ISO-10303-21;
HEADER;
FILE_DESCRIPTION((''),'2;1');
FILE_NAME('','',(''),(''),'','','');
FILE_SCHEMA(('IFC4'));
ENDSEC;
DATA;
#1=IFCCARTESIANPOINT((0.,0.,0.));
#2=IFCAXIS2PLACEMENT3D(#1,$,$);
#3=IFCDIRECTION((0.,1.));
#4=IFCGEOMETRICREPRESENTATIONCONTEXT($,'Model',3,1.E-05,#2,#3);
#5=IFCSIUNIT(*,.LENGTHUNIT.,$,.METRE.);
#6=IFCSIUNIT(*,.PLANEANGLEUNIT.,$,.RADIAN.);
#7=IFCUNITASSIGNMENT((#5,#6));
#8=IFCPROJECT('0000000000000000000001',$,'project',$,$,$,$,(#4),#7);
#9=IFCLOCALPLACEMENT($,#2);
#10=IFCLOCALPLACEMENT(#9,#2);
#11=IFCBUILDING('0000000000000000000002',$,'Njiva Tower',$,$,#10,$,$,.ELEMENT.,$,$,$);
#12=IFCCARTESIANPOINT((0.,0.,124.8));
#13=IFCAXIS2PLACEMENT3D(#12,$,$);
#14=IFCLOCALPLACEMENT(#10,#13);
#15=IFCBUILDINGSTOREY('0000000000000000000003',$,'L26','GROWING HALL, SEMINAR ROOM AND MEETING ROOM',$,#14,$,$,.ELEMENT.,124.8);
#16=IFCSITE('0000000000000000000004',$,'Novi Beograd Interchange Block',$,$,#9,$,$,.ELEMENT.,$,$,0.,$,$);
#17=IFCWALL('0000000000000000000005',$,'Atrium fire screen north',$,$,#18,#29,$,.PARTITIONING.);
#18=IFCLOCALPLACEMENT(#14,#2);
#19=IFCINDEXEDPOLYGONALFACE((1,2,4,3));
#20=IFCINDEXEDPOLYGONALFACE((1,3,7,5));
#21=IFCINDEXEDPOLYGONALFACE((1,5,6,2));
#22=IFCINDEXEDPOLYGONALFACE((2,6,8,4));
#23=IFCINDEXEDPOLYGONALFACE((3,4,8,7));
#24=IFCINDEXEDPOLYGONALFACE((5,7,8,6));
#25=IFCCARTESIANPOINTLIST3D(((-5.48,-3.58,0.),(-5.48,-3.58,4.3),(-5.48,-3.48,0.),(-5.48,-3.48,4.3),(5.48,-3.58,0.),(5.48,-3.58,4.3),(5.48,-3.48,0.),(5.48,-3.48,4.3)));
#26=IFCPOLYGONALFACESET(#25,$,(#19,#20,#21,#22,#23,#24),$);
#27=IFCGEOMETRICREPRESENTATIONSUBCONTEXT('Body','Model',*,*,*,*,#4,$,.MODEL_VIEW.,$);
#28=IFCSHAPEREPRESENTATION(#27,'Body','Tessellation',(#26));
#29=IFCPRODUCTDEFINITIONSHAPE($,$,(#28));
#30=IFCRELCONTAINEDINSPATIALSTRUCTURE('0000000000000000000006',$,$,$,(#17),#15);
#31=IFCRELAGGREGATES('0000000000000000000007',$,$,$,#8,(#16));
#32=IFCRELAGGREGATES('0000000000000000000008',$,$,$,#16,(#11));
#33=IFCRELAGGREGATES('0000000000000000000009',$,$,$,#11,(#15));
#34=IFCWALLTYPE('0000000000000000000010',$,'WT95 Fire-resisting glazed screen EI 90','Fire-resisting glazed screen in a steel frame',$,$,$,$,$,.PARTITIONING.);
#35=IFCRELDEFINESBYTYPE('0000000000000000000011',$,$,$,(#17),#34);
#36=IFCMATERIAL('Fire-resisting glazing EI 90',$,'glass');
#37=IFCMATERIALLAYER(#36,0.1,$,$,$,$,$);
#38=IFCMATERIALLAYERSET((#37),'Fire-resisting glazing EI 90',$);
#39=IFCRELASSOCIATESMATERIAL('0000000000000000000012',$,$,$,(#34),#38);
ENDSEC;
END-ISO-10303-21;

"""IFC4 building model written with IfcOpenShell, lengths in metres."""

from ifc_helpers import new_model, si_unit, direction, frame, frame_2d, origin, place, context, subcontext, project, spatial, rectangle, extrude, material, layer, layer_set, type_object, element, save


model = new_model("IFC4")

# Units and contexts
model_context = context("Model", 3, precision=1e-05, world=origin(), true_north=direction((0.0, 1.0)))
body_context = subcontext(model_context, "Body", "Model", "MODEL_VIEW")
ifc_project = project(units=[si_unit("LENGTHUNIT", "METRE"), si_unit("PLANEANGLEUNIT", "RADIAN")], contexts=[model_context])

# Site, building, storey
site_placement = place(None, origin())
site = spatial("IfcSite", under=ifc_project, at=site_placement, Name="Novi Beograd Interchange Block", CompositionType="ELEMENT", RefElevation=0.0)
building_placement = place(site_placement, origin())
building = spatial("IfcBuilding", under=site, at=building_placement, Name="Njiva Tower", CompositionType="ELEMENT")
storey_placement = place(building_placement, frame((0.0, 0.0, 124.8)))
storey = spatial("IfcBuildingStorey", under=building, at=storey_placement, Name="L26", Description="GROWING HALL, SEMINAR ROOM AND MEETING ROOM", CompositionType="ELEMENT", Elevation=124.8)

# Wall
ifc_material_1 = material(Name="Fire-resisting glazing EI 90", Category="glass")
ifc_layer_1 = layer(ifc_material_1, 0.1)
ifc_layer_set_1 = layer_set([ifc_layer_1], Name="Fire-resisting glazing EI 90")
wall_type_1 = type_object("IfcWallType", Name="WT95 Fire-resisting glazed screen EI 90", Description="Fire-resisting glazed screen in a steel frame", PredefinedType="PARTITIONING", material=ifc_layer_set_1)
wall_1_placement = place(storey_placement, frame((5.48, -3.53, 0.0), z_axis=(0.0, 0.0, 1.0), x_axis=(-1.0, 0.0, 0.0)))
element("IfcWall", 1, at=wall_1_placement, inside=storey, type_object=wall_type_1, Name="Atrium fire screen north", PredefinedType="PARTITIONING", context=body_context, shape_type="SweptSolid", body=[
    extrude(rectangle(XDim=10.96, YDim=0.1, at=frame_2d((5.48, 0.0))), origin(), (0.0, 0.0, 1.0), 4.3),
])

save(model, "model.ifc")
